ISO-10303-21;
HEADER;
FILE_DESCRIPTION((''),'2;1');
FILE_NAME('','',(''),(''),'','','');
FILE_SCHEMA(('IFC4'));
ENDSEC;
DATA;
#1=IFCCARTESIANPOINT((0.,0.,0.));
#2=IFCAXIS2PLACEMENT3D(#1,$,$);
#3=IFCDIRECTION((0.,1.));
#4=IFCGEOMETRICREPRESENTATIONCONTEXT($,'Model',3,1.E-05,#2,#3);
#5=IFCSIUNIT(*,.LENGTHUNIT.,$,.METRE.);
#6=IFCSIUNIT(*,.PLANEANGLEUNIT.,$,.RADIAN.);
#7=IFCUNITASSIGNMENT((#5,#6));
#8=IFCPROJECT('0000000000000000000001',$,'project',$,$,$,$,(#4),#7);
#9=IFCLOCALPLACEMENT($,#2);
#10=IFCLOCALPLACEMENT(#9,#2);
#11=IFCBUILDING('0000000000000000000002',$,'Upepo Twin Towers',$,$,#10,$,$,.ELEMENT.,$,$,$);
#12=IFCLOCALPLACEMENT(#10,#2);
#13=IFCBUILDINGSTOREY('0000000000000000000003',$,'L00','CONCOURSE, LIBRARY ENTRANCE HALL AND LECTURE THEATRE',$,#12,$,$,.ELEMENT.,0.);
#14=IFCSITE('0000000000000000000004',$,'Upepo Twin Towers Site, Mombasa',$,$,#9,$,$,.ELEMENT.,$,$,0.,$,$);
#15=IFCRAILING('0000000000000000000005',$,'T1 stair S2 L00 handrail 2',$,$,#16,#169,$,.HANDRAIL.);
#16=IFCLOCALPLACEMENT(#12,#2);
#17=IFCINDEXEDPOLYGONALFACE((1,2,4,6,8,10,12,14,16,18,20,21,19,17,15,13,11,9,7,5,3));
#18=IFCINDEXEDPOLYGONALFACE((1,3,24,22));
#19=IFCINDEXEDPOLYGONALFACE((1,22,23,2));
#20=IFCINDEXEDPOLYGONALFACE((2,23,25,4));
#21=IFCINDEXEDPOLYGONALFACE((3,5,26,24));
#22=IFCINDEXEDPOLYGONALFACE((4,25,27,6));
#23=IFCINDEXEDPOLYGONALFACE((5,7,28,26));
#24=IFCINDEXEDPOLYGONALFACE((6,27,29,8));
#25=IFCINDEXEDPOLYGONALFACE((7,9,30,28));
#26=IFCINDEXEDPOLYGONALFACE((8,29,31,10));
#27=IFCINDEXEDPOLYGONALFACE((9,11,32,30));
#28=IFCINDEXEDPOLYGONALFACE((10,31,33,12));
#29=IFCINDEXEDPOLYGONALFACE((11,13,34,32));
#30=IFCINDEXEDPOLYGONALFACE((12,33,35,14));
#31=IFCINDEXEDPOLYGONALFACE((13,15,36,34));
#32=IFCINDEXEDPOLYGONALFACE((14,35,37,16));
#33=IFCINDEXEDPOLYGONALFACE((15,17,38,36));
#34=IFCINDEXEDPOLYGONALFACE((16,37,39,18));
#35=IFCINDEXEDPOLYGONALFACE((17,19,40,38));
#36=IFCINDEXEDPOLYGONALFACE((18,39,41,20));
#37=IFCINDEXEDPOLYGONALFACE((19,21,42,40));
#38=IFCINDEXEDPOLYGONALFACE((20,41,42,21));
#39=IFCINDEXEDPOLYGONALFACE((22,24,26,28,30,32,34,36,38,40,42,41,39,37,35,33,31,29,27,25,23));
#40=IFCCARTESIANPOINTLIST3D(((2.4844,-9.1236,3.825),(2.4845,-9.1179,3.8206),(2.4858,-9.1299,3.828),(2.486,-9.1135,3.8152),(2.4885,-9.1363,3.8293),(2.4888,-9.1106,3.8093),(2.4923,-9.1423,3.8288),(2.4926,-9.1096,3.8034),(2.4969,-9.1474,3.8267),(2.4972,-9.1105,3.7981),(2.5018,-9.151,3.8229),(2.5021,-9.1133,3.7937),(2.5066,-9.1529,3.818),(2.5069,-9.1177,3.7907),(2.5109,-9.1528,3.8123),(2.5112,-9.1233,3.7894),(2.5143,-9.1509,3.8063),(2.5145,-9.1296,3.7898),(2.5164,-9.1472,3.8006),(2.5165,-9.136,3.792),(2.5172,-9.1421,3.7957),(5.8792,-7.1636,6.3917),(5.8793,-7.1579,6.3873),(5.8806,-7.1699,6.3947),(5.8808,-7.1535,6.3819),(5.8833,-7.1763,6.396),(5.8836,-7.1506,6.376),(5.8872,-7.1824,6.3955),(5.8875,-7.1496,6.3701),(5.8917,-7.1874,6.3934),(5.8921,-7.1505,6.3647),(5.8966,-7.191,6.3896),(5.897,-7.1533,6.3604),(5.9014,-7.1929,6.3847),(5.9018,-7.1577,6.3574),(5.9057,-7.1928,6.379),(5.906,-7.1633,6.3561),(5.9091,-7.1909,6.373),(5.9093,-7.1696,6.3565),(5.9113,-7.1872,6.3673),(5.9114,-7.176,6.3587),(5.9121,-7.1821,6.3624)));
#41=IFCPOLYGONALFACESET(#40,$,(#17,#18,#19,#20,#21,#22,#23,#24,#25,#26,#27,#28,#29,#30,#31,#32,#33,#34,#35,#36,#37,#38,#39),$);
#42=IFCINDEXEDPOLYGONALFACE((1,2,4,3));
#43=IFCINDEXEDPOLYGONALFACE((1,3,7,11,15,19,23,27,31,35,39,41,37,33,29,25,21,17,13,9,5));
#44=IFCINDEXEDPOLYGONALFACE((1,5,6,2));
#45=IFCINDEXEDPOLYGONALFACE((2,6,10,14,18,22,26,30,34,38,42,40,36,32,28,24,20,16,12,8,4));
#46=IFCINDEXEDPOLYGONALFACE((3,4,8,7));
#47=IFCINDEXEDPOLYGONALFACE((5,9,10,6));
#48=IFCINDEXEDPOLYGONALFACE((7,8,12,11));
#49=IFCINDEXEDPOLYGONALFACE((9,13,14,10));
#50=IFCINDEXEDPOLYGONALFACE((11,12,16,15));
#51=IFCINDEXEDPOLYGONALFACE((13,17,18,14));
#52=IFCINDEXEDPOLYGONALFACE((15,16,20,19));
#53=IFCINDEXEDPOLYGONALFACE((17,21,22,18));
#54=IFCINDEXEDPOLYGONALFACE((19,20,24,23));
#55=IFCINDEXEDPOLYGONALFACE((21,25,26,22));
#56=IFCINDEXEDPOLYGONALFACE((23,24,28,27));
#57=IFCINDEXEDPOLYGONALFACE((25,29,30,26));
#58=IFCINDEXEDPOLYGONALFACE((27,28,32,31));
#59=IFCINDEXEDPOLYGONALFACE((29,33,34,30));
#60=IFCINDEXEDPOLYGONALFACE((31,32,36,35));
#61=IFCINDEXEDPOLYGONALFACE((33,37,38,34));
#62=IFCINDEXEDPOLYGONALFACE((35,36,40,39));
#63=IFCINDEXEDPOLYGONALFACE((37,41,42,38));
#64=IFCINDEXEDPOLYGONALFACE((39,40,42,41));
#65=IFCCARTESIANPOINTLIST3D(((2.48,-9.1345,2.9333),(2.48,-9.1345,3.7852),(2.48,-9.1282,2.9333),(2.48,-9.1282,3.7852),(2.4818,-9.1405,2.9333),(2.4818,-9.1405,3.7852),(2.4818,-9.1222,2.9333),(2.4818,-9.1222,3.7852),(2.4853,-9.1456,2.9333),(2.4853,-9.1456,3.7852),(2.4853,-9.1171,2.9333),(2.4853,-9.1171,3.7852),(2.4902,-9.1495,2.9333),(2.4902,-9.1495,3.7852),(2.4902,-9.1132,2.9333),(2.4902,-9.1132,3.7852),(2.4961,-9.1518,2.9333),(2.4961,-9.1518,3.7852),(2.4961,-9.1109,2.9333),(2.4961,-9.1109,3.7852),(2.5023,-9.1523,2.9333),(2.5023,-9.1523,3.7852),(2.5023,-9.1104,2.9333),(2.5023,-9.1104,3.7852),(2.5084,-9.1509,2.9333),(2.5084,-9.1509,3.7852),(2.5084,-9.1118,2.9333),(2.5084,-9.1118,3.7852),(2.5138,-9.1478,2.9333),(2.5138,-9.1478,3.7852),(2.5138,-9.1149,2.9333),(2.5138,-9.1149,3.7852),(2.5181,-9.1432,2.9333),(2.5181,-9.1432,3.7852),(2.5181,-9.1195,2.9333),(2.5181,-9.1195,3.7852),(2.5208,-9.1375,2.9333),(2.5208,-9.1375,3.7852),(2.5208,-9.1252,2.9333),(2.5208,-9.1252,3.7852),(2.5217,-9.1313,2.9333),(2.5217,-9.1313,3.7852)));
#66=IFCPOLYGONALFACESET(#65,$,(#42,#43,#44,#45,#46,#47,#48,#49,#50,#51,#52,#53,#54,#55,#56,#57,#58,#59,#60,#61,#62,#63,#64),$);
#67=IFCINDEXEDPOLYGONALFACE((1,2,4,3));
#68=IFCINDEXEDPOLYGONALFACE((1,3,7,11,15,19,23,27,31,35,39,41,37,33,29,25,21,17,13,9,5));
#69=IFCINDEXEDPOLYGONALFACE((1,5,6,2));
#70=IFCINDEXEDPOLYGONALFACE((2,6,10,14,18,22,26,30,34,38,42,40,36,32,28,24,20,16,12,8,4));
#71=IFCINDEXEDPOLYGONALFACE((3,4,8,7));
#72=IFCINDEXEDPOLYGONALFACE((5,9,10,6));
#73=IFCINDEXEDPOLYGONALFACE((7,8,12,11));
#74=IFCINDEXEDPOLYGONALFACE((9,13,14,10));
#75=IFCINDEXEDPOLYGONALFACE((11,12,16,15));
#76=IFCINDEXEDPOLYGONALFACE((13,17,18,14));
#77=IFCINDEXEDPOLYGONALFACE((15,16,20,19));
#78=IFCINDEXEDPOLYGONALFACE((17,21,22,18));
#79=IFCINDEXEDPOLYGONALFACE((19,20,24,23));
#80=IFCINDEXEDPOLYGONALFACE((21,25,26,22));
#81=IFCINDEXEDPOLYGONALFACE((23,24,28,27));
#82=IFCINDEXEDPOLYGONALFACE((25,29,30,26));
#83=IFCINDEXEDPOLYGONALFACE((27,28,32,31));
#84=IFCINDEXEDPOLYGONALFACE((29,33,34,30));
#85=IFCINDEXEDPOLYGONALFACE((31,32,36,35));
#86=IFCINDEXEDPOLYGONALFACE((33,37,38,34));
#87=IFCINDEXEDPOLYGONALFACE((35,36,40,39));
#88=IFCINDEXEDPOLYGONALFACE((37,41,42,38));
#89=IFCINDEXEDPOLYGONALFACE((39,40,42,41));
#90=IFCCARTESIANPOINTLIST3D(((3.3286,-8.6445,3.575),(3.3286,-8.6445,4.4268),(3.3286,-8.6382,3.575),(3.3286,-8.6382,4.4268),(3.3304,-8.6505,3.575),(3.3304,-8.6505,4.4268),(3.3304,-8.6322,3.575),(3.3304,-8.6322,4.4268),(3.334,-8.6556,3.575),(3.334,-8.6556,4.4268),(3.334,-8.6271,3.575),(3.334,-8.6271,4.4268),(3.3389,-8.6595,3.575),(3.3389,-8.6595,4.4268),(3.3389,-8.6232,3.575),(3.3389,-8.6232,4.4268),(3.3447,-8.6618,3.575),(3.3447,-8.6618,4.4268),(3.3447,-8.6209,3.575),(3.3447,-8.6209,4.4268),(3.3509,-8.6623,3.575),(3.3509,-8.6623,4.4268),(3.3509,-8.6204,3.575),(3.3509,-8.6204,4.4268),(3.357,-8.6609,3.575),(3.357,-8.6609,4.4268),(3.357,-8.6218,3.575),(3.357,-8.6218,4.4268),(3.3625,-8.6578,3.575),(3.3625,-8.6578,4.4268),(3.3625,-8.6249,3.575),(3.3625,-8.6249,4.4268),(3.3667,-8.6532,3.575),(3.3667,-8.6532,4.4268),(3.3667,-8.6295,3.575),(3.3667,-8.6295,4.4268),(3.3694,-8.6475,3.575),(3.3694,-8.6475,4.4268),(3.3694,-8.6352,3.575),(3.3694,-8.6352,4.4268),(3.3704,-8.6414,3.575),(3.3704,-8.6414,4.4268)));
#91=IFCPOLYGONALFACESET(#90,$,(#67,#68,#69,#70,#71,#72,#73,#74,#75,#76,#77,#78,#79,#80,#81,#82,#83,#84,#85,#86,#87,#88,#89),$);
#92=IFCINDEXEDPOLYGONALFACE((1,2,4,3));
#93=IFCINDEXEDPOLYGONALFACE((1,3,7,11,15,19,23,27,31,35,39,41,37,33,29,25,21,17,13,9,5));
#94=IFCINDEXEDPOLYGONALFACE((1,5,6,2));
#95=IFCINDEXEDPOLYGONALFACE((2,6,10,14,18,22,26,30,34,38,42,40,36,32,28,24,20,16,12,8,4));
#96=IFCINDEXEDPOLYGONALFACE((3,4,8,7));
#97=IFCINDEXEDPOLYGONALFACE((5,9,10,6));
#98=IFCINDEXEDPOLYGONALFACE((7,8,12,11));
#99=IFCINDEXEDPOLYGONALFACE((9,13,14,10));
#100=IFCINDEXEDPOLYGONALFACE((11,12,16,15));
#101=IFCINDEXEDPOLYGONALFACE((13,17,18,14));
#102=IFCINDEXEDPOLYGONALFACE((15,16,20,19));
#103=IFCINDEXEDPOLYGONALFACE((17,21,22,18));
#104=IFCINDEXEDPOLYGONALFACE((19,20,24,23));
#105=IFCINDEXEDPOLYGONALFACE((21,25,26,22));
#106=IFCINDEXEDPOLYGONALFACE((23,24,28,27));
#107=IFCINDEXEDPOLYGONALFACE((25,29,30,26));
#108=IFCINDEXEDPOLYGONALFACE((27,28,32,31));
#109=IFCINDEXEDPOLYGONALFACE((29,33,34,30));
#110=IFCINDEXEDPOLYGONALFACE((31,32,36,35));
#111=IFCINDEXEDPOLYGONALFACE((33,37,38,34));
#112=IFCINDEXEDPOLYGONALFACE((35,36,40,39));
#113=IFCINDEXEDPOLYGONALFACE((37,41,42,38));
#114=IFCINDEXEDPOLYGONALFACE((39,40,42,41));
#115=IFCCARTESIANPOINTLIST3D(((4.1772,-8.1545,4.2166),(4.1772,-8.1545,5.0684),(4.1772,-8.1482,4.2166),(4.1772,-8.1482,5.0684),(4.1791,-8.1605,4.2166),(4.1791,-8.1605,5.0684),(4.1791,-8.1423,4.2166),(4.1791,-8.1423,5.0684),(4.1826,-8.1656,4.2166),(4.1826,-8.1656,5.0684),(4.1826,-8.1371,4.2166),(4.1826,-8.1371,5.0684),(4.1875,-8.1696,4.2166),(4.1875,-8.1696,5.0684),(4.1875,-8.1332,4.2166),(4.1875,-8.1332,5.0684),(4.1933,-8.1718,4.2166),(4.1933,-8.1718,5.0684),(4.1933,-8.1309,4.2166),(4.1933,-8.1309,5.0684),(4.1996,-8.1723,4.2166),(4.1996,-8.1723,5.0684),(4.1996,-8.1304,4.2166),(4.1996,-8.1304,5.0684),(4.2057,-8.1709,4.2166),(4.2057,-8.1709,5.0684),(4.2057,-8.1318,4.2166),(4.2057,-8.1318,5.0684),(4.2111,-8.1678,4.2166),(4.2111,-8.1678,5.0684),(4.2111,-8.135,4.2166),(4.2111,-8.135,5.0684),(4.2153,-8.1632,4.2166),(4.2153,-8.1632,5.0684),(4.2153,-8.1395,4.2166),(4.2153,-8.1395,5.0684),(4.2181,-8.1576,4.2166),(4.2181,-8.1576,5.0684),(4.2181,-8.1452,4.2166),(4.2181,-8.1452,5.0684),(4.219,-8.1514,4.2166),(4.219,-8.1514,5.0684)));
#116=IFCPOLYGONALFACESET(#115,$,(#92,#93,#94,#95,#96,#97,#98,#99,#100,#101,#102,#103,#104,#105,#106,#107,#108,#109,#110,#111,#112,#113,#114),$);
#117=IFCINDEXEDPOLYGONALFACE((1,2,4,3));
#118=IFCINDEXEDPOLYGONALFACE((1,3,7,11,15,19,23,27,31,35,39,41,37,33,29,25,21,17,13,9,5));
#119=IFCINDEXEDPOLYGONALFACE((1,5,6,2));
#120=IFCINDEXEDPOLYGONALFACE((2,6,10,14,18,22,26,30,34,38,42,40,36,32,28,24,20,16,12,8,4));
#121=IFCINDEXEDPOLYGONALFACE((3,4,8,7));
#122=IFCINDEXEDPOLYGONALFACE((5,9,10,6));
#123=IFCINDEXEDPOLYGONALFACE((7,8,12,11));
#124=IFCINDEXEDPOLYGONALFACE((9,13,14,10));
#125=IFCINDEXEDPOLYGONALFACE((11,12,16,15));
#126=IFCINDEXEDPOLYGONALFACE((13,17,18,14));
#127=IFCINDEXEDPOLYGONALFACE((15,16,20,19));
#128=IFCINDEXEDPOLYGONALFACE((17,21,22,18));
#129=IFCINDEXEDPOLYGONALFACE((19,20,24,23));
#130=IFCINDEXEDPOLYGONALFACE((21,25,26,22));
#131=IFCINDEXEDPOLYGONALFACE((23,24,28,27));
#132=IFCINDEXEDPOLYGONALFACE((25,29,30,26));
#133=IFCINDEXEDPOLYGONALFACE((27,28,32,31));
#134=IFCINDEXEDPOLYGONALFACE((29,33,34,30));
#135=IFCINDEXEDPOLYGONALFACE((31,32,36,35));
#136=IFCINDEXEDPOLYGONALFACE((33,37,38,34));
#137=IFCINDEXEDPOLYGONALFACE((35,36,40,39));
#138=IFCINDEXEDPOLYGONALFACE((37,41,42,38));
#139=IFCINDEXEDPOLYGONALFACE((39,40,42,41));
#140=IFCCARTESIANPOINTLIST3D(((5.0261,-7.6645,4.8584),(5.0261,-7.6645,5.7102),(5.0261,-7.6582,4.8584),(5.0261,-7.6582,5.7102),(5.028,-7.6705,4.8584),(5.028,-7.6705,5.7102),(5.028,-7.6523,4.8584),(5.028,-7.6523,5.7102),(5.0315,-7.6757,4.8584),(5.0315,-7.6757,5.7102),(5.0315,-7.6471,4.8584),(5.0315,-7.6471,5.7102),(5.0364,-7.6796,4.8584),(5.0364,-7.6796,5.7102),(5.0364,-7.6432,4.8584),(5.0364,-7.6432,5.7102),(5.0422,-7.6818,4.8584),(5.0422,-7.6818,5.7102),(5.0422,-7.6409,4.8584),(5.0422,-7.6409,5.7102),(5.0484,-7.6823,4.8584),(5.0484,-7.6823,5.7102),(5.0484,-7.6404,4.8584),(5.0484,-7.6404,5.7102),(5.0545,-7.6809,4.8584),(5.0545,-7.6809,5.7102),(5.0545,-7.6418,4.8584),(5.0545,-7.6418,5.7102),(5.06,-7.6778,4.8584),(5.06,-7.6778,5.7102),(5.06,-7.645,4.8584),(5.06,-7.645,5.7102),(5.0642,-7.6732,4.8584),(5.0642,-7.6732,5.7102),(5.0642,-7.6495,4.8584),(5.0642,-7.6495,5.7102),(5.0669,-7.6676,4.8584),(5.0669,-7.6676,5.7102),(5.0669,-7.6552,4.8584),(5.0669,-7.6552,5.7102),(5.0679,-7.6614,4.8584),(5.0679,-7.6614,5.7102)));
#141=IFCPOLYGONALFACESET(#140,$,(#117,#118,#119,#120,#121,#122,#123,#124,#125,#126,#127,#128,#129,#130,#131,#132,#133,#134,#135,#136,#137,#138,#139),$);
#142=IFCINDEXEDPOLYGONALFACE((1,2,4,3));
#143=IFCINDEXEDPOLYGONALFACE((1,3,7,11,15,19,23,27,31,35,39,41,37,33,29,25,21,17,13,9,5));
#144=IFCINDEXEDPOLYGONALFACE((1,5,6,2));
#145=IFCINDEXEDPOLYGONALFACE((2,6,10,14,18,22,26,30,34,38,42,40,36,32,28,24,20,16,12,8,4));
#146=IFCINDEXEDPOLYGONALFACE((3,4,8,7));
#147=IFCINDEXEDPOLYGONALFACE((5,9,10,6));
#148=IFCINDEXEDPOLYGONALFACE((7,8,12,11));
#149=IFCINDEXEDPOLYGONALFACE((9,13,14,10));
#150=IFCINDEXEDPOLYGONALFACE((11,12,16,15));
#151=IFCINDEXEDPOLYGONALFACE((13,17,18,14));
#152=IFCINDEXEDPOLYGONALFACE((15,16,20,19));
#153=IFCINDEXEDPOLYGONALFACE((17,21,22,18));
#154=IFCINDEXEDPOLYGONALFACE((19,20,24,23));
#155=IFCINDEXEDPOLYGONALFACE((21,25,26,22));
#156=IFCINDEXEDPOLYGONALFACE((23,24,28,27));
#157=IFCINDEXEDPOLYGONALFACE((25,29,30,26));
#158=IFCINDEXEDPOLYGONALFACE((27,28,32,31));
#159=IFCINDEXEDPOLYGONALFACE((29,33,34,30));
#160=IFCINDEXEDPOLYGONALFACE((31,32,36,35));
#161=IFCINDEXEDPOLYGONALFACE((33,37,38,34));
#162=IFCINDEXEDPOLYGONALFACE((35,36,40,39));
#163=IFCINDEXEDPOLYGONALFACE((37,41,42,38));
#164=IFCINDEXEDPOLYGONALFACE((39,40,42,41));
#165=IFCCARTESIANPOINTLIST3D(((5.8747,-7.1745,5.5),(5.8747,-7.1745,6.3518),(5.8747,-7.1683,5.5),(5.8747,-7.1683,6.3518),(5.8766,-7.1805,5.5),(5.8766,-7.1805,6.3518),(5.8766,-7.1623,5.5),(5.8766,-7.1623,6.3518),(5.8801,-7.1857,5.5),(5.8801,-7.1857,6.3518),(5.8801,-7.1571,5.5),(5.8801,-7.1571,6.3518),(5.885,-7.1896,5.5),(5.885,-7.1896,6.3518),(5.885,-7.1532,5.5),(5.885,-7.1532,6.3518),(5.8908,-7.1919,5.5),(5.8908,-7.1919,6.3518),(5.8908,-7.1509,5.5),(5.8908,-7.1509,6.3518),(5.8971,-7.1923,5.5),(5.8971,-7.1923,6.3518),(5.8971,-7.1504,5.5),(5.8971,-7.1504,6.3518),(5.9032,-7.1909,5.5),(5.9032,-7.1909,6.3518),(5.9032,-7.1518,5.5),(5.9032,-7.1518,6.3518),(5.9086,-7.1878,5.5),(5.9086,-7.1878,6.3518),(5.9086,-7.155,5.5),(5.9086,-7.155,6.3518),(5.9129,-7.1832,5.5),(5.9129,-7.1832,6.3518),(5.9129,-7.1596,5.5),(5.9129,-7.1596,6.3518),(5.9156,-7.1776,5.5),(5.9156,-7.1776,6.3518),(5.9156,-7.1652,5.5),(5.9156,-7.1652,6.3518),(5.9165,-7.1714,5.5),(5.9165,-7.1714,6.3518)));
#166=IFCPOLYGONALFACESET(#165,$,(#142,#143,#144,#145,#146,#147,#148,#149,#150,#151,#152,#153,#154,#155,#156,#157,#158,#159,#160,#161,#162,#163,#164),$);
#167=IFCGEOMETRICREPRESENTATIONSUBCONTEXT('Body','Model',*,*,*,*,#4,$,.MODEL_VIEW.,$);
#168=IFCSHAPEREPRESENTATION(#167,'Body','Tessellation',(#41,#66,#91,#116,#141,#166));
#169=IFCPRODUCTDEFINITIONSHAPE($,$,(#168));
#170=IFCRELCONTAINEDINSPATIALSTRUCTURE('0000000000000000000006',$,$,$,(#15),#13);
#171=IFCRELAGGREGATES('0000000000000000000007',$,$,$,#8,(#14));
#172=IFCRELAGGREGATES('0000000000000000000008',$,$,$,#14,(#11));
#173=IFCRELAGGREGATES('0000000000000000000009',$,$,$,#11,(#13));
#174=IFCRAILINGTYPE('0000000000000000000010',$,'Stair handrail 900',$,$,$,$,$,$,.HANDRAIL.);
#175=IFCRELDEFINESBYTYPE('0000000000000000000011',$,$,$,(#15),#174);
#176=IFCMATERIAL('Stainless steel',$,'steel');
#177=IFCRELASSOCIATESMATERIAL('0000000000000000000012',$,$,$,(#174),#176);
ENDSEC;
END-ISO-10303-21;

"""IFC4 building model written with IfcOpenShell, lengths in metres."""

from ifc_helpers import new_model, si_unit, direction, frame, origin, origin_2d, place, context, subcontext, project, spatial, circle, extrude, material, type_object, element, save


model = new_model("IFC4")

# Units and contexts
model_context = context("Model", 3, precision=1e-05, world=origin(), true_north=direction((0.0, 1.0)))
body_context = subcontext(model_context, "Body", "Model", "MODEL_VIEW")
ifc_project = project(units=[si_unit("LENGTHUNIT", "METRE"), si_unit("PLANEANGLEUNIT", "RADIAN")], contexts=[model_context])

# Site, building, storey
site_placement = place(None, origin())
site = spatial("IfcSite", under=ifc_project, at=site_placement, Name="Upepo Twin Towers Site, Mombasa", CompositionType="ELEMENT", RefElevation=0.0)
building_placement = place(site_placement, origin())
building = spatial("IfcBuilding", under=site, at=building_placement, Name="Upepo Twin Towers", CompositionType="ELEMENT")
storey_placement = place(building_placement, origin())
storey = spatial("IfcBuildingStorey", under=building, at=storey_placement, Name="L00", Description="CONCOURSE, LIBRARY ENTRANCE HALL AND LECTURE THEATRE", CompositionType="ELEMENT", Elevation=0.0)

# Railing
ifc_material_1 = material(Name="Stainless steel", Category="steel")
railing_type = type_object("IfcRailingType", Name="Stair handrail 900", PredefinedType="HANDRAIL", material=ifc_material_1)
railing_1_placement = place(storey_placement, frame((2.5007, -9.1313, 2.9333)))
element("IfcRailing", 1, at=railing_1_placement, inside=storey, type_object=railing_type, Name="T1 stair S2 L00 handrail 2", PredefinedType="HANDRAIL", context=body_context, shape_type="SweptSolid", body=[
    extrude(circle(Radius=0.0239, at=origin_2d()), frame((0.0, 0.0, 0.876), z_axis=(0.724532, 0.418306, 0.547789), x_axis=(-0.499997, 0.866027, 0.0)), (0.0, 0.0, 1.0), 4.6855),
    extrude(circle(Radius=0.021, at=origin_2d()), origin(), (0.0, 0.0, 1.0), 0.8518),
    extrude(circle(Radius=0.021, at=origin_2d()), frame((0.8486, 0.49, 0.6416)), (0.0, 0.0, 1.0), 0.8518),
    extrude(circle(Radius=0.021, at=origin_2d()), frame((1.6973, 0.98, 1.2832)), (0.0, 0.0, 1.0), 0.8518),
    extrude(circle(Radius=0.021, at=origin_2d()), frame((2.5461, 1.47, 1.925)), (0.0, 0.0, 1.0), 0.8518),
    extrude(circle(Radius=0.021, at=origin_2d()), frame((3.3948, 1.96, 2.5667)), (0.0, 0.0, 1.0), 0.8518),
])

save(model, "model.ifc")
